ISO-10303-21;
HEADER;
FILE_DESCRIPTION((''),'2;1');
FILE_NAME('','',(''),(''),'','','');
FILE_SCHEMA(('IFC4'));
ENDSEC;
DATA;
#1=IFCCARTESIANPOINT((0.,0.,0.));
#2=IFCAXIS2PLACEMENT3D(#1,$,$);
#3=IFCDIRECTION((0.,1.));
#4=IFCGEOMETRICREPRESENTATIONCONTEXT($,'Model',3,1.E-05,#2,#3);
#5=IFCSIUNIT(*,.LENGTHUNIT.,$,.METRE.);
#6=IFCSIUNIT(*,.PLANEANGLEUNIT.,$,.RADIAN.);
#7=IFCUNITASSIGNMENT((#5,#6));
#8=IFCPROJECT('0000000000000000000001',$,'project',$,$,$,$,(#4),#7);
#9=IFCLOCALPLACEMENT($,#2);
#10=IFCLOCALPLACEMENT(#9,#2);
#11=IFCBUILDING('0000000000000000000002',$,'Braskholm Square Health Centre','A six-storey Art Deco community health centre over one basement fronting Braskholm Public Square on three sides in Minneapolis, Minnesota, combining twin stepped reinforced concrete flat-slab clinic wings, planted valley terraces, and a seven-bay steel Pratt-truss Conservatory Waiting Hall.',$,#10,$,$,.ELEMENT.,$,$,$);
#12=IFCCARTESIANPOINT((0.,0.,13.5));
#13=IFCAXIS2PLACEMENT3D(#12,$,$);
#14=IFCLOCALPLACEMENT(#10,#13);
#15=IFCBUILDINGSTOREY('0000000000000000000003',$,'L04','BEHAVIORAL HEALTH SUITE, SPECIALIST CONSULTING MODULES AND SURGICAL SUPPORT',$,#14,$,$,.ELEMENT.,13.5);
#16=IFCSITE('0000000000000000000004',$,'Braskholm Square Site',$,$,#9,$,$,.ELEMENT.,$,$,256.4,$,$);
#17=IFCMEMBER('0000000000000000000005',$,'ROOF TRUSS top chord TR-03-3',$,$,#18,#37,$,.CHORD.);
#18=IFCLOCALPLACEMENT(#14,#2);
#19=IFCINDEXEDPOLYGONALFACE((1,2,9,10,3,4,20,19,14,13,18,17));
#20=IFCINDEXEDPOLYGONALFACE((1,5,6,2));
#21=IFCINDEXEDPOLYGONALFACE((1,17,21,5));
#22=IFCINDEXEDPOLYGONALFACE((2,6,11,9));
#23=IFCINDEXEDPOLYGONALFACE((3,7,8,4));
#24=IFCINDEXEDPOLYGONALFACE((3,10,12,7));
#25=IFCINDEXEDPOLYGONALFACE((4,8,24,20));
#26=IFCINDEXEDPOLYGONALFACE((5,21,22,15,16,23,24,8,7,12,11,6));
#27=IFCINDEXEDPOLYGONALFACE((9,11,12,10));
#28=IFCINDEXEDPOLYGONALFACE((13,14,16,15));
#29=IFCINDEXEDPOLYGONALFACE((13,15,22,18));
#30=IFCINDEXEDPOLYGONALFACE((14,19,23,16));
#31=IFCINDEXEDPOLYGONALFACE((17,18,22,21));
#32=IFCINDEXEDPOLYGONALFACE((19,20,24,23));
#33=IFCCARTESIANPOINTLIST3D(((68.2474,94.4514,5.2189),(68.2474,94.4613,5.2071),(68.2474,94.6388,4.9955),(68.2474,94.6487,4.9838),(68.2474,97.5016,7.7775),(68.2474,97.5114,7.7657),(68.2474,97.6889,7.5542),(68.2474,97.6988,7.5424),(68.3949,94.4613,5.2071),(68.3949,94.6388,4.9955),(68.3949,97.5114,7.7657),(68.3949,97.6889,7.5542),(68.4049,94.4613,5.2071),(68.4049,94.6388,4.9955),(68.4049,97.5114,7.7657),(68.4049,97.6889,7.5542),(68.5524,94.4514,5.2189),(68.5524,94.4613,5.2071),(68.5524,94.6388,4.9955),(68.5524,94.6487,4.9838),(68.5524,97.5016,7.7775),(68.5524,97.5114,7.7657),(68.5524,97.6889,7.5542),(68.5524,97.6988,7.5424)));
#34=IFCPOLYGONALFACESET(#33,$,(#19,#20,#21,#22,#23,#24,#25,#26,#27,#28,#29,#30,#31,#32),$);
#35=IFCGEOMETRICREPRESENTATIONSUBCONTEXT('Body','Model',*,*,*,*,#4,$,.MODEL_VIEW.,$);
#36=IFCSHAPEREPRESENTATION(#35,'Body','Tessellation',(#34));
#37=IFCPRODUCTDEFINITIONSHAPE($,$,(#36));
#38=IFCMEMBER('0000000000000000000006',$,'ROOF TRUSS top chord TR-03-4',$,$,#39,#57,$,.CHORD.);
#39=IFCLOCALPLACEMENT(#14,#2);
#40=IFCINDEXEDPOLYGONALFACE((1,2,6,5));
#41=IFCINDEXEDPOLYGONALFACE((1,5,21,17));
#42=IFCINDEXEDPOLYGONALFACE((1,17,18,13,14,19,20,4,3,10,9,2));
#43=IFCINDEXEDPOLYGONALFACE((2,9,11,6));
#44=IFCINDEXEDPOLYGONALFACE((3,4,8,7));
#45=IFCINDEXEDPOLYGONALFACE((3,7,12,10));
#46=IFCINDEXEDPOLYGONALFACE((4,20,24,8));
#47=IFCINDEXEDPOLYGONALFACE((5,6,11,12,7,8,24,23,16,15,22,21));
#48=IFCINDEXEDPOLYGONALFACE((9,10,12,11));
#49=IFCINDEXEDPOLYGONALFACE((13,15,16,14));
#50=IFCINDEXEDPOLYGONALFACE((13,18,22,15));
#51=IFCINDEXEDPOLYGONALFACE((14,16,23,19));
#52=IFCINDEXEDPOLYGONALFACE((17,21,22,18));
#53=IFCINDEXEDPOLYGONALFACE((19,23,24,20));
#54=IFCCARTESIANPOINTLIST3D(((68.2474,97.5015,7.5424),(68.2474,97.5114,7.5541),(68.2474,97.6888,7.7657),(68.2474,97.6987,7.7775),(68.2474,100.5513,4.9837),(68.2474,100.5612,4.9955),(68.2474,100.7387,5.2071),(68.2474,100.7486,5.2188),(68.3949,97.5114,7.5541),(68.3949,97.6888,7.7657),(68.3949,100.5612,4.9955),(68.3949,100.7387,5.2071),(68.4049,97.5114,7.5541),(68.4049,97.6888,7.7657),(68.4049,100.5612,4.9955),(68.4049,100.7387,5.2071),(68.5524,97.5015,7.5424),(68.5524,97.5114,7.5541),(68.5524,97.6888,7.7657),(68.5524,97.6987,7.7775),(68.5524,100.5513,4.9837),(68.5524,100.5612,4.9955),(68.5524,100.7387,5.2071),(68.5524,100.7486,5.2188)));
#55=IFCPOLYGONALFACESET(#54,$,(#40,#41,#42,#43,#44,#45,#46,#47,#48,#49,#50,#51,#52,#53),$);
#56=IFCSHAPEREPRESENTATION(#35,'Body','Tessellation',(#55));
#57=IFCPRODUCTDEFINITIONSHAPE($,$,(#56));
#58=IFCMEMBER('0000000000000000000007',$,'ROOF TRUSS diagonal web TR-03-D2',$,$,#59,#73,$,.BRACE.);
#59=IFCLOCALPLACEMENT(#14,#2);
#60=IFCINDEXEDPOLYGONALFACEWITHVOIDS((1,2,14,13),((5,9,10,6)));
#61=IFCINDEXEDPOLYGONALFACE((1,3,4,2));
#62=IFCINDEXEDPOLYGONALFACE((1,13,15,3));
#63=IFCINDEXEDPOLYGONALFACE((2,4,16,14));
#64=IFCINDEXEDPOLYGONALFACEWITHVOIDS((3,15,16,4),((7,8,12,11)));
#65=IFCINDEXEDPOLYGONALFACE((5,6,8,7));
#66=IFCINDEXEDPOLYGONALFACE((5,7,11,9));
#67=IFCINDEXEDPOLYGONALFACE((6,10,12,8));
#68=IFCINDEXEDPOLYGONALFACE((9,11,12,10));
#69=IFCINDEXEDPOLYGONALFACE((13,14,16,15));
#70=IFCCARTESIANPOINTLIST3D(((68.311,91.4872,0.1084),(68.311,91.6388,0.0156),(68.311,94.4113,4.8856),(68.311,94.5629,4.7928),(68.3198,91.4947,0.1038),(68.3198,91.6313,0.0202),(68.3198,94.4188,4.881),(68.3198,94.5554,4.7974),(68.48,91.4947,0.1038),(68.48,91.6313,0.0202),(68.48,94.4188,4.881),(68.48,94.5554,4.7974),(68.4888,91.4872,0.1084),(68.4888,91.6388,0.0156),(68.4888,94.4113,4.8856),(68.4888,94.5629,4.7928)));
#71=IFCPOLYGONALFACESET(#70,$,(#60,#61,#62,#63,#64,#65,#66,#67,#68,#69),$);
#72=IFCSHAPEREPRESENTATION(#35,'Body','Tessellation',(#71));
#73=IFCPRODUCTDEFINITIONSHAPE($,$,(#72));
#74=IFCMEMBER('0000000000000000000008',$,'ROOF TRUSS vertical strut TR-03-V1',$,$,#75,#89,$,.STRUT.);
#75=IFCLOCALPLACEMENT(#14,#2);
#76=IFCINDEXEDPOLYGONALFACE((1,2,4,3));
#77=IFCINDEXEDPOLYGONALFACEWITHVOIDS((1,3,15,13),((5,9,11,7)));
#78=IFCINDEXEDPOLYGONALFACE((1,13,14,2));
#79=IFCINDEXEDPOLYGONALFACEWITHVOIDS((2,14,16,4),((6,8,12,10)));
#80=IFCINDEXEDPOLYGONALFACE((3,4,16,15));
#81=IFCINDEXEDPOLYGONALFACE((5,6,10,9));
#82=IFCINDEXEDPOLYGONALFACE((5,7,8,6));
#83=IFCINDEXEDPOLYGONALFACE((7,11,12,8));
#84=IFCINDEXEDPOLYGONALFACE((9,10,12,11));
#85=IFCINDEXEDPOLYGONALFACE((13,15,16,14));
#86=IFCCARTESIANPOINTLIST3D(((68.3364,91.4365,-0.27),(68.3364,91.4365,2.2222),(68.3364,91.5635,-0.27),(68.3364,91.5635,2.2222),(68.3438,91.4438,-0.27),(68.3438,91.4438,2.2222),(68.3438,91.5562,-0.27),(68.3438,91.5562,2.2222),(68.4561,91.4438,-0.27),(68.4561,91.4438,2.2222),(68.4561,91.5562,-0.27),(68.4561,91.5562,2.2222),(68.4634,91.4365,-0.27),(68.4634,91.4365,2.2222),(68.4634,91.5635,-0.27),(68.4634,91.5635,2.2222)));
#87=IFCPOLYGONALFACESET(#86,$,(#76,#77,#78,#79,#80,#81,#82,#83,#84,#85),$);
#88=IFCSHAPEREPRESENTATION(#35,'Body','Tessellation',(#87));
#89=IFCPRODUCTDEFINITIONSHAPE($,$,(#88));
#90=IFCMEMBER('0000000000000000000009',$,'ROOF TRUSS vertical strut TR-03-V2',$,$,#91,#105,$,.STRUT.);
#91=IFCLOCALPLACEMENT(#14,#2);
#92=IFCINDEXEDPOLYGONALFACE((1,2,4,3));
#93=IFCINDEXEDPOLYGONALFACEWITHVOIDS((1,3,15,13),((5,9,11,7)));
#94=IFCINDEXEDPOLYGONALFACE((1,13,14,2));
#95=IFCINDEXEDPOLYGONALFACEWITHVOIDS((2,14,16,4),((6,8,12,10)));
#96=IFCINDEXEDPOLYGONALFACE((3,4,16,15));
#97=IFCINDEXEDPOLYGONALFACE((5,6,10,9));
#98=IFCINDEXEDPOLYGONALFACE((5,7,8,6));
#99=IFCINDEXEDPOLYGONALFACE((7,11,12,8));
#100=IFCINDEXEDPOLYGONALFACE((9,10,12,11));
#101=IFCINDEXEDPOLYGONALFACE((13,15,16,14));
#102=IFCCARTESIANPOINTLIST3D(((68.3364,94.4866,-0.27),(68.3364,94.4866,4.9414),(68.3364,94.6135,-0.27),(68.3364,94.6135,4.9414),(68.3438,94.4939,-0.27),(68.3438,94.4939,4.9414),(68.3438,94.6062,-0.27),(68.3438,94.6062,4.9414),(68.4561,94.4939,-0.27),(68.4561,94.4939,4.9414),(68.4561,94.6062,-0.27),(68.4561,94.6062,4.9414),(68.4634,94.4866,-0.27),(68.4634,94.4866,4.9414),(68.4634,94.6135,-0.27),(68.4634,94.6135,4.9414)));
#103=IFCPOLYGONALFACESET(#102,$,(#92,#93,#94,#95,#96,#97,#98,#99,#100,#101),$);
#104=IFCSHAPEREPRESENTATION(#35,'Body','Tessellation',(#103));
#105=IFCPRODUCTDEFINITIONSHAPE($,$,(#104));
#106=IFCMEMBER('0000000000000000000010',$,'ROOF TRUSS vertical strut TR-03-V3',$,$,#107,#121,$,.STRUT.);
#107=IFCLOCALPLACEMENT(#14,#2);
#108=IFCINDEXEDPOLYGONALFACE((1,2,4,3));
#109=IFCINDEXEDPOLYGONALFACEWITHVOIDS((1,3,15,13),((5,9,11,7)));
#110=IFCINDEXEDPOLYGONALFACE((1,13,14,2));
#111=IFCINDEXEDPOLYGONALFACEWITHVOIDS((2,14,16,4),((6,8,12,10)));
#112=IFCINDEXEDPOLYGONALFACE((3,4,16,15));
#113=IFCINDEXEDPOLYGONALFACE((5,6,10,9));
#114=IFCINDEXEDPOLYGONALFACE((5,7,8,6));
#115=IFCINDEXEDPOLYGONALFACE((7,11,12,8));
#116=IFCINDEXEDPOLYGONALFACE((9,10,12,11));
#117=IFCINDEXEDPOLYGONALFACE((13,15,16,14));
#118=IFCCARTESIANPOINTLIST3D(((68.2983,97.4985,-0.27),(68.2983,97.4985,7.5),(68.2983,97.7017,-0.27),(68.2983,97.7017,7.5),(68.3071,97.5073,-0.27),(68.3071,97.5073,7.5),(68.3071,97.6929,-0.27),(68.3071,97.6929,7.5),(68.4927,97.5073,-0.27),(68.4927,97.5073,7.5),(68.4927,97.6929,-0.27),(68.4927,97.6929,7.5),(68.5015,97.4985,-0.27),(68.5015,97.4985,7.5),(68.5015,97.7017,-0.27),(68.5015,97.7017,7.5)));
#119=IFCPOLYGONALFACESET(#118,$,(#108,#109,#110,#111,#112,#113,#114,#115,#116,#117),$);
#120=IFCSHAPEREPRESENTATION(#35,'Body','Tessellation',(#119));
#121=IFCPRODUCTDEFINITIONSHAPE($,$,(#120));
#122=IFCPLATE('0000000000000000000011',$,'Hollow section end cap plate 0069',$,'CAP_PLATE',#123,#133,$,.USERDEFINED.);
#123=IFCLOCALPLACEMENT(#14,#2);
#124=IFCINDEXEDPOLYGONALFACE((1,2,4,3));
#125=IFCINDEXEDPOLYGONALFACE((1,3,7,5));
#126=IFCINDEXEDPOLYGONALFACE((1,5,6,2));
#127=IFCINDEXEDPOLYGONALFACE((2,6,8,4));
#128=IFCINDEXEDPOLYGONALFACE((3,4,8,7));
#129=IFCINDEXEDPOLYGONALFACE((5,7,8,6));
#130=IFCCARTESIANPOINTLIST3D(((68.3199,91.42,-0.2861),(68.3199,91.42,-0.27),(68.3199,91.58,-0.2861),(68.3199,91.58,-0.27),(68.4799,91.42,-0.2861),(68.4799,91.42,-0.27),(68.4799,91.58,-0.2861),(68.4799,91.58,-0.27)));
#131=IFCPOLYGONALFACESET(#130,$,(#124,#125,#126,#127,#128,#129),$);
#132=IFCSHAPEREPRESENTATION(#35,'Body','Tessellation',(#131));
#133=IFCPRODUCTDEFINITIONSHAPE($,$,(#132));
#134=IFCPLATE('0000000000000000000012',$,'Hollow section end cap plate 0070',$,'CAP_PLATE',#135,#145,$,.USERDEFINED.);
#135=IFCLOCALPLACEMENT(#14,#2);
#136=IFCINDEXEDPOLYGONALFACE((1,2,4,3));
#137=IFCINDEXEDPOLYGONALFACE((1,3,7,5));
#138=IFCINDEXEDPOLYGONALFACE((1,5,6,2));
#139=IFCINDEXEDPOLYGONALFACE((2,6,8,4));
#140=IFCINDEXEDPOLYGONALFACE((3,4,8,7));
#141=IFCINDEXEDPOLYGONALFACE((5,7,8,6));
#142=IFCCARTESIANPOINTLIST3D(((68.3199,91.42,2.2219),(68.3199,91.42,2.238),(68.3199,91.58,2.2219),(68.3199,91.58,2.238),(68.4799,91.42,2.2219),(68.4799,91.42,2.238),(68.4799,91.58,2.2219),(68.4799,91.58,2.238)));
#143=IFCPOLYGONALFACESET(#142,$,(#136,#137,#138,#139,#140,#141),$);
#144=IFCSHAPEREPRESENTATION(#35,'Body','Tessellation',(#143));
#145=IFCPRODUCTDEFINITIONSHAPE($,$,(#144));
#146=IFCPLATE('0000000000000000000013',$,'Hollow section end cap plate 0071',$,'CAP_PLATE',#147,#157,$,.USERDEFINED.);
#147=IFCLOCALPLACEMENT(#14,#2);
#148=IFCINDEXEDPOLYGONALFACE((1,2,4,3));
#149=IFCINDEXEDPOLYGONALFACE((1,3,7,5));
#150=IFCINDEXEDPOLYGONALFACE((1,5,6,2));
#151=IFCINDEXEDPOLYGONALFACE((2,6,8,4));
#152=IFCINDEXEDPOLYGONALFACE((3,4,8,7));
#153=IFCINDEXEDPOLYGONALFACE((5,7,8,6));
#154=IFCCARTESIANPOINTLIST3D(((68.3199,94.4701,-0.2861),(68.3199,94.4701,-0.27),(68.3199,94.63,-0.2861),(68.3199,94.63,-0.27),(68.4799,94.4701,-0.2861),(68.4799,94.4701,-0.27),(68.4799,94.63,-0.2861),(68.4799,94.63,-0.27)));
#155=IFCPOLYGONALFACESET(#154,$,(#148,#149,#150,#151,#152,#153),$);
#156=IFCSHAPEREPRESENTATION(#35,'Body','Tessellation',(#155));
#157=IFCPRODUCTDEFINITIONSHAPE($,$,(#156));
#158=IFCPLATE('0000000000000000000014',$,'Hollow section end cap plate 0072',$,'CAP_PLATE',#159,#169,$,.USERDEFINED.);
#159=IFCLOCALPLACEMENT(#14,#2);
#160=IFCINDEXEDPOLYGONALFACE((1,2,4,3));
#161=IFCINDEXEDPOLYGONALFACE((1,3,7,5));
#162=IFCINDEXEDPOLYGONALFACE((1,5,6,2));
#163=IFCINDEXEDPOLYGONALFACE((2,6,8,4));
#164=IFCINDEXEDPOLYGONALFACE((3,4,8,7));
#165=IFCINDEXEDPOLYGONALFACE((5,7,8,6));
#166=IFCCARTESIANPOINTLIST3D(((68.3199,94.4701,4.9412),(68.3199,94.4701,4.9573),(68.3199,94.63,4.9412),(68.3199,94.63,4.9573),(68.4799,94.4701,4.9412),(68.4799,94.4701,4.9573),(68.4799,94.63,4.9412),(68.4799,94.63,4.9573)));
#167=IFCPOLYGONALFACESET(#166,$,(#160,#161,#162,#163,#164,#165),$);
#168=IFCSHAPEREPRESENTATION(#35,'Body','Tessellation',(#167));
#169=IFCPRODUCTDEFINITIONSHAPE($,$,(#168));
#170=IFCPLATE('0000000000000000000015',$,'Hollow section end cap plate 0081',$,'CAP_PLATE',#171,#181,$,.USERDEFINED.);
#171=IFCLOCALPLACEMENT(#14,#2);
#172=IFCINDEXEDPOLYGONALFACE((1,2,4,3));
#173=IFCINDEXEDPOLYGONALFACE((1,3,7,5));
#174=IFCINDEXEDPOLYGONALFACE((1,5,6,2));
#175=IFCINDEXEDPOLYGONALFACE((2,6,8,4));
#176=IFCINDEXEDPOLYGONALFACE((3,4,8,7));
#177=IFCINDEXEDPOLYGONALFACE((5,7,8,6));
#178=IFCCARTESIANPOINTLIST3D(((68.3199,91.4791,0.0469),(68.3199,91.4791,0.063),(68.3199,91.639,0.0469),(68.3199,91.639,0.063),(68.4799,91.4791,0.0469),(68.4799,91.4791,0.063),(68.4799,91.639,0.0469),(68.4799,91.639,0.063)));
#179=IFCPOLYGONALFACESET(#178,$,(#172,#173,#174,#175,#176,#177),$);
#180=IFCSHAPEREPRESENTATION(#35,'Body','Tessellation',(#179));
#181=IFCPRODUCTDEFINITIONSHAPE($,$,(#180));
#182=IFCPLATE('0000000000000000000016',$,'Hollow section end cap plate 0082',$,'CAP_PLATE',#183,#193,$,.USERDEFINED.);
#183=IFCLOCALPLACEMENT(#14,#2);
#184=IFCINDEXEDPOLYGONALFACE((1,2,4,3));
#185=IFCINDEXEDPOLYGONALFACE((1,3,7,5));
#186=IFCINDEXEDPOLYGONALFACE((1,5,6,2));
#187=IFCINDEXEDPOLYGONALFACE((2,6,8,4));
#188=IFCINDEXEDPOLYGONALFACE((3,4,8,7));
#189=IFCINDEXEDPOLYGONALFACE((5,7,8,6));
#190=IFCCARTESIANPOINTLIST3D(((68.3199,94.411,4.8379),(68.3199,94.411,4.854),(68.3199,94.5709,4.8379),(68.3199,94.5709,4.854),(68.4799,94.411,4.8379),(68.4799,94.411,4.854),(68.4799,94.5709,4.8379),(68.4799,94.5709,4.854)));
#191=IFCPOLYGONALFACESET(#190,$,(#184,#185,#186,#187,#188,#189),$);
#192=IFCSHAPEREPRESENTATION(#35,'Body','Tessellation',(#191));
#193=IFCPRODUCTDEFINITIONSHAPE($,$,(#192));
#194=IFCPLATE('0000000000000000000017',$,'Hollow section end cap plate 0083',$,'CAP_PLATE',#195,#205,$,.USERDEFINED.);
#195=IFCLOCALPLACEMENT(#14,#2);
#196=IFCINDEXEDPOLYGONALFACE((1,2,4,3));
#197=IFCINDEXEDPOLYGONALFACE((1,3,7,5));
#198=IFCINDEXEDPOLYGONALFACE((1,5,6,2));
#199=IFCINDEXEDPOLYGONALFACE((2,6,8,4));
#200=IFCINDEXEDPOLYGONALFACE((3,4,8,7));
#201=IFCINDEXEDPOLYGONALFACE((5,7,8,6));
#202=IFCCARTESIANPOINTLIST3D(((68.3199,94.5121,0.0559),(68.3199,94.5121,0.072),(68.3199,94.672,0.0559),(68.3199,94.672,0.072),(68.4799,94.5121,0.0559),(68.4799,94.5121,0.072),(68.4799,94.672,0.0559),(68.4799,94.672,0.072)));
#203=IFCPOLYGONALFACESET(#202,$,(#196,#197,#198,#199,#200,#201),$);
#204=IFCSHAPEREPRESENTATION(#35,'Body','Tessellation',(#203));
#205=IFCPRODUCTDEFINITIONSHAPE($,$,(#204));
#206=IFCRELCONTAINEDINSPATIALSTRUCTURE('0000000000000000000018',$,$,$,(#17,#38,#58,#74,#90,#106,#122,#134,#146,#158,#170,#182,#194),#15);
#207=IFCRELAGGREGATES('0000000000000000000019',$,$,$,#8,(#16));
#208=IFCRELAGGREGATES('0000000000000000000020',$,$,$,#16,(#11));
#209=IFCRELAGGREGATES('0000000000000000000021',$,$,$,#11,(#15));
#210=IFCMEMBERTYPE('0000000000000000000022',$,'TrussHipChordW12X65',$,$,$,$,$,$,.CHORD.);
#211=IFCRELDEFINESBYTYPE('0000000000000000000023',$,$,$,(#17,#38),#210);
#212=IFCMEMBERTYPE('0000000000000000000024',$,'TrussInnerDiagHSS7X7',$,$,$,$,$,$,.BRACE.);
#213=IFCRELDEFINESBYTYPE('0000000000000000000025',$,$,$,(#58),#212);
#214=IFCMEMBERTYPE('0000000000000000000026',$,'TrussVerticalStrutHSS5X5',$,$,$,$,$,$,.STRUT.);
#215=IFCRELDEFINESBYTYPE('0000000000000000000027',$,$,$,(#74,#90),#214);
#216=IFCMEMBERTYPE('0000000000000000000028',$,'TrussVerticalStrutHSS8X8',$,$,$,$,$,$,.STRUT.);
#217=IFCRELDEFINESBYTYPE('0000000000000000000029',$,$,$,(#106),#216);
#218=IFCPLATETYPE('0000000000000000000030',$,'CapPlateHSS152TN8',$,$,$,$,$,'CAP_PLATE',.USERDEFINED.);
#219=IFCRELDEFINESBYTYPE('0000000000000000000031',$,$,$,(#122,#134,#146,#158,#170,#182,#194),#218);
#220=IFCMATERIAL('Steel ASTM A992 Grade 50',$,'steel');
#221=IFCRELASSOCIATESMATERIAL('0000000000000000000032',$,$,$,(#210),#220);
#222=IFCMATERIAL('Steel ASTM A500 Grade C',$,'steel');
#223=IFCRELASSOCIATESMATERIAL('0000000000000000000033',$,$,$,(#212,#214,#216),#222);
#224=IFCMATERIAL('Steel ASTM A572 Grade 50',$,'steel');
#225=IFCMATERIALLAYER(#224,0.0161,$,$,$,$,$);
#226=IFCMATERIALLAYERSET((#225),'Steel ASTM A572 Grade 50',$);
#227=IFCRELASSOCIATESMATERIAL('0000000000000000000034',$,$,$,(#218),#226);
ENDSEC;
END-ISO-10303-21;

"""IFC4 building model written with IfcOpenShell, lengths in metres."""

from ifc_helpers import new_model, si_unit, direction, frame, origin, origin_2d, place, context, subcontext, project, spatial, rectangle, hollow_rectangle, i_section, extrude, material, layer, layer_set, material_profile, profile_set, type_object, element, save


model = new_model("IFC4")

# Units and contexts
model_context = context("Model", 3, precision=1e-05, world=origin(), true_north=direction((0.0, 1.0)))
body_context = subcontext(model_context, "Body", "Model", "MODEL_VIEW")
ifc_project = project(units=[si_unit("LENGTHUNIT", "METRE"), si_unit("PLANEANGLEUNIT", "RADIAN")], contexts=[model_context])

# Site, building, storey
site_placement = place(None, origin())
site = spatial("IfcSite", under=ifc_project, at=site_placement, Name="Braskholm Square Site", CompositionType="ELEMENT", RefElevation=256.4)
building_placement = place(site_placement, origin())
building = spatial("IfcBuilding", under=site, at=building_placement, Name="Braskholm Square Health Centre", Description="A six-storey Art Deco community health centre over one basement fronting Braskholm Public Square on three sides in Minneapolis, Minnesota, combining twin stepped reinforced concrete flat-slab clinic wings, planted valley terraces, and a seven-bay steel Pratt-truss Conservatory Waiting Hall.", CompositionType="ELEMENT")
storey_placement = place(building_placement, frame((0.0, 0.0, 13.5)))
storey = spatial("IfcBuildingStorey", under=building, at=storey_placement, Name="L04", Description="BEHAVIORAL HEALTH SUITE, SPECIALIST CONSULTING MODULES AND SURGICAL SUPPORT", CompositionType="ELEMENT", Elevation=13.5)

# Shared definitions
ifc_material_1 = material(Name="Steel ASTM A992 Grade 50", Category="steel")

# Shared definitions
ifc_material_2 = material(Name="Steel ASTM A500 Grade C", Category="steel")

# Members
ifc_material_profile_1 = material_profile(ifc_material_1, i_section(OverallWidth=0.3049, OverallDepth=0.3069, WebThickness=0.01, FlangeThickness=0.0154, at=origin_2d()), Name="W12X65")
ifc_profile_set_1 = profile_set([ifc_material_profile_1], Name="Steel ASTM A992 Grade 50")
member_type_1 = type_object("IfcMemberType", Name="TrussHipChordW12X65", PredefinedType="CHORD", material=ifc_profile_set_1)
member_1_placement = place(storey_placement, frame((68.3999, 94.55, 5.1013), z_axis=(0.0, 0.766131, 0.642684), x_axis=(-1.0, 0.0, 0.0)))
element("IfcMember", 1, at=member_1_placement, inside=storey, type_object=member_type_1, Name="ROOF TRUSS top chord TR-03-3", PredefinedType="CHORD", context=body_context, shape_type="SweptSolid", body=[
    extrude(i_section(OverallWidth=0.3049, OverallDepth=0.3069, WebThickness=0.01, FlangeThickness=0.0154, at=origin_2d()), origin(), (0.0, 0.0, 1.0), 3.9812),
])
member_2_placement = place(storey_placement, frame((68.3999, 97.6001, 7.6599), z_axis=(0.0, 0.766106, -0.642714), x_axis=(-1.0, 0.0, 0.0)))
element("IfcMember", 2, at=member_2_placement, inside=storey, type_object=member_type_1, Name="ROOF TRUSS top chord TR-03-4", PredefinedType="CHORD", context=body_context, shape_type="SweptSolid", body=[
    extrude(i_section(OverallWidth=0.3049, OverallDepth=0.3069, WebThickness=0.01, FlangeThickness=0.0154, at=origin_2d()), origin(), (0.0, 0.0, 1.0), 3.981),
])
ifc_material_profile_2 = material_profile(ifc_material_2, hollow_rectangle(XDim=0.1777, YDim=0.1777, WallThickness=0.0088, at=origin_2d()), Name="HSS7X7X3/8")
ifc_profile_set_2 = profile_set([ifc_material_profile_2], Name="Steel ASTM A500 Grade C")
member_type_2 = type_object("IfcMemberType", Name="TrussInnerDiagHSS7X7", PredefinedType="BRACE", material=ifc_profile_set_2)
member_3_placement = place(storey_placement, frame((68.3999, 91.563, 0.062), z_axis=(0.0, 0.522065, 0.852906), x_axis=(-1.0, 0.0, 0.0)))
element("IfcMember", 3, at=member_3_placement, inside=storey, type_object=member_type_2, Name="ROOF TRUSS diagonal web TR-03-D2", PredefinedType="BRACE", context=body_context, shape_type="SweptSolid", body=[
    extrude(hollow_rectangle(XDim=0.1777, YDim=0.1777, WallThickness=0.0088, at=origin_2d()), origin(), (0.0, 0.0, 1.0), 5.6011),
])
ifc_material_profile_3 = material_profile(ifc_material_2, hollow_rectangle(XDim=0.127, YDim=0.127, WallThickness=0.0073, at=origin_2d()), Name="HSS5X5X5/16")
ifc_profile_set_3 = profile_set([ifc_material_profile_3], Name="Steel ASTM A500 Grade C")
member_type_3 = type_object("IfcMemberType", Name="TrussVerticalStrutHSS5X5", PredefinedType="STRUT", material=ifc_profile_set_3)
member_4_placement = place(storey_placement, frame((68.3999, 91.5, -0.27), z_axis=(0.0, 0.0, 1.0), x_axis=(1.0, 0.0, 0.0)))
element("IfcMember", 4, at=member_4_placement, inside=storey, type_object=member_type_3, Name="ROOF TRUSS vertical strut TR-03-V1", PredefinedType="STRUT", context=body_context, shape_type="SweptSolid", body=[
    extrude(hollow_rectangle(XDim=0.127, YDim=0.127, WallThickness=0.0073, at=origin_2d()), origin(), (0.0, 0.0, 1.0), 2.4922),
])
member_5_placement = place(storey_placement, frame((68.3999, 94.55, -0.27), z_axis=(0.0, 0.0, 1.0), x_axis=(1.0, 0.0, 0.0)))
element("IfcMember", 5, at=member_5_placement, inside=storey, type_object=member_type_3, Name="ROOF TRUSS vertical strut TR-03-V2", PredefinedType="STRUT", context=body_context, shape_type="SweptSolid", body=[
    extrude(hollow_rectangle(XDim=0.127, YDim=0.127, WallThickness=0.0073, at=origin_2d()), origin(), (0.0, 0.0, 1.0), 5.2114),
])
ifc_material_profile_4 = material_profile(ifc_material_2, hollow_rectangle(XDim=0.2031, YDim=0.2031, WallThickness=0.0088, at=origin_2d()), Name="HSS8X8X3/8")
ifc_profile_set_4 = profile_set([ifc_material_profile_4], Name="Steel ASTM A500 Grade C")
member_type_4 = type_object("IfcMemberType", Name="TrussVerticalStrutHSS8X8", PredefinedType="STRUT", material=ifc_profile_set_4)
member_6_placement = place(storey_placement, frame((68.3999, 97.6001, -0.27), z_axis=(0.0, 0.0, 1.0), x_axis=(1.0, 0.0, 0.0)))
element("IfcMember", 6, at=member_6_placement, inside=storey, type_object=member_type_4, Name="ROOF TRUSS vertical strut TR-03-V3", PredefinedType="STRUT", context=body_context, shape_type="SweptSolid", body=[
    extrude(hollow_rectangle(XDim=0.2031, YDim=0.2031, WallThickness=0.0088, at=origin_2d()), origin(), (0.0, 0.0, 1.0), 7.77),
])

# Plates
ifc_material_3 = material(Name="Steel ASTM A572 Grade 50", Category="steel")
ifc_layer_1 = layer(ifc_material_3, 0.0161)
ifc_layer_set_1 = layer_set([ifc_layer_1], Name="Steel ASTM A572 Grade 50")
plate_type_1 = type_object("IfcPlateType", Name="CapPlateHSS152TN8", ElementType="CAP_PLATE", PredefinedType="USERDEFINED", material=ifc_layer_set_1)
for number, where, z_axis, x_axis, name in (
    (7, (68.3999, 91.5, -0.2861), (0.0, 0.0, 1.0), (1.0, 0.0, 0.0), "Hollow section end cap plate 0069"),
    (8, (68.3999, 91.5, 2.2219), (0.0, 0.0, 1.0), (1.0, 0.0, 0.0), "Hollow section end cap plate 0070"),
    (9, (68.3999, 94.55, -0.2861), (0.0, 0.0, 1.0), (1.0, 0.0, 0.0), "Hollow section end cap plate 0071"),
    (10, (68.3999, 94.55, 4.9412), (0.0, 0.0, 1.0), (1.0, 0.0, 0.0), "Hollow section end cap plate 0072"),
    (11, (68.3999, 91.5591, 0.0469), (0.0, 0.0, 1.0), (1.0, 0.0, 0.0), "Hollow section end cap plate 0081"),
    (12, (68.3999, 94.491, 4.8379), (0.0, 0.0, 1.0), (1.0, 0.0, 0.0), "Hollow section end cap plate 0082"),
    (13, (68.3999, 94.592, 0.0559), (0.0, 0.0, 1.0), (1.0, 0.0, 0.0), "Hollow section end cap plate 0083"),
):
    element("IfcPlate", number, at=place(storey_placement, frame(where, z_axis=z_axis, x_axis=x_axis)), inside=storey, type_object=plate_type_1, Name=name, ObjectType="CAP_PLATE", PredefinedType="USERDEFINED", context=body_context, shape_type="SweptSolid", body=[
        extrude(rectangle(XDim=0.1599, YDim=0.1599, at=origin_2d()), origin(), (0.0, 0.0, 1.0), 0.0161),
    ])

save(model, "model.ifc")
